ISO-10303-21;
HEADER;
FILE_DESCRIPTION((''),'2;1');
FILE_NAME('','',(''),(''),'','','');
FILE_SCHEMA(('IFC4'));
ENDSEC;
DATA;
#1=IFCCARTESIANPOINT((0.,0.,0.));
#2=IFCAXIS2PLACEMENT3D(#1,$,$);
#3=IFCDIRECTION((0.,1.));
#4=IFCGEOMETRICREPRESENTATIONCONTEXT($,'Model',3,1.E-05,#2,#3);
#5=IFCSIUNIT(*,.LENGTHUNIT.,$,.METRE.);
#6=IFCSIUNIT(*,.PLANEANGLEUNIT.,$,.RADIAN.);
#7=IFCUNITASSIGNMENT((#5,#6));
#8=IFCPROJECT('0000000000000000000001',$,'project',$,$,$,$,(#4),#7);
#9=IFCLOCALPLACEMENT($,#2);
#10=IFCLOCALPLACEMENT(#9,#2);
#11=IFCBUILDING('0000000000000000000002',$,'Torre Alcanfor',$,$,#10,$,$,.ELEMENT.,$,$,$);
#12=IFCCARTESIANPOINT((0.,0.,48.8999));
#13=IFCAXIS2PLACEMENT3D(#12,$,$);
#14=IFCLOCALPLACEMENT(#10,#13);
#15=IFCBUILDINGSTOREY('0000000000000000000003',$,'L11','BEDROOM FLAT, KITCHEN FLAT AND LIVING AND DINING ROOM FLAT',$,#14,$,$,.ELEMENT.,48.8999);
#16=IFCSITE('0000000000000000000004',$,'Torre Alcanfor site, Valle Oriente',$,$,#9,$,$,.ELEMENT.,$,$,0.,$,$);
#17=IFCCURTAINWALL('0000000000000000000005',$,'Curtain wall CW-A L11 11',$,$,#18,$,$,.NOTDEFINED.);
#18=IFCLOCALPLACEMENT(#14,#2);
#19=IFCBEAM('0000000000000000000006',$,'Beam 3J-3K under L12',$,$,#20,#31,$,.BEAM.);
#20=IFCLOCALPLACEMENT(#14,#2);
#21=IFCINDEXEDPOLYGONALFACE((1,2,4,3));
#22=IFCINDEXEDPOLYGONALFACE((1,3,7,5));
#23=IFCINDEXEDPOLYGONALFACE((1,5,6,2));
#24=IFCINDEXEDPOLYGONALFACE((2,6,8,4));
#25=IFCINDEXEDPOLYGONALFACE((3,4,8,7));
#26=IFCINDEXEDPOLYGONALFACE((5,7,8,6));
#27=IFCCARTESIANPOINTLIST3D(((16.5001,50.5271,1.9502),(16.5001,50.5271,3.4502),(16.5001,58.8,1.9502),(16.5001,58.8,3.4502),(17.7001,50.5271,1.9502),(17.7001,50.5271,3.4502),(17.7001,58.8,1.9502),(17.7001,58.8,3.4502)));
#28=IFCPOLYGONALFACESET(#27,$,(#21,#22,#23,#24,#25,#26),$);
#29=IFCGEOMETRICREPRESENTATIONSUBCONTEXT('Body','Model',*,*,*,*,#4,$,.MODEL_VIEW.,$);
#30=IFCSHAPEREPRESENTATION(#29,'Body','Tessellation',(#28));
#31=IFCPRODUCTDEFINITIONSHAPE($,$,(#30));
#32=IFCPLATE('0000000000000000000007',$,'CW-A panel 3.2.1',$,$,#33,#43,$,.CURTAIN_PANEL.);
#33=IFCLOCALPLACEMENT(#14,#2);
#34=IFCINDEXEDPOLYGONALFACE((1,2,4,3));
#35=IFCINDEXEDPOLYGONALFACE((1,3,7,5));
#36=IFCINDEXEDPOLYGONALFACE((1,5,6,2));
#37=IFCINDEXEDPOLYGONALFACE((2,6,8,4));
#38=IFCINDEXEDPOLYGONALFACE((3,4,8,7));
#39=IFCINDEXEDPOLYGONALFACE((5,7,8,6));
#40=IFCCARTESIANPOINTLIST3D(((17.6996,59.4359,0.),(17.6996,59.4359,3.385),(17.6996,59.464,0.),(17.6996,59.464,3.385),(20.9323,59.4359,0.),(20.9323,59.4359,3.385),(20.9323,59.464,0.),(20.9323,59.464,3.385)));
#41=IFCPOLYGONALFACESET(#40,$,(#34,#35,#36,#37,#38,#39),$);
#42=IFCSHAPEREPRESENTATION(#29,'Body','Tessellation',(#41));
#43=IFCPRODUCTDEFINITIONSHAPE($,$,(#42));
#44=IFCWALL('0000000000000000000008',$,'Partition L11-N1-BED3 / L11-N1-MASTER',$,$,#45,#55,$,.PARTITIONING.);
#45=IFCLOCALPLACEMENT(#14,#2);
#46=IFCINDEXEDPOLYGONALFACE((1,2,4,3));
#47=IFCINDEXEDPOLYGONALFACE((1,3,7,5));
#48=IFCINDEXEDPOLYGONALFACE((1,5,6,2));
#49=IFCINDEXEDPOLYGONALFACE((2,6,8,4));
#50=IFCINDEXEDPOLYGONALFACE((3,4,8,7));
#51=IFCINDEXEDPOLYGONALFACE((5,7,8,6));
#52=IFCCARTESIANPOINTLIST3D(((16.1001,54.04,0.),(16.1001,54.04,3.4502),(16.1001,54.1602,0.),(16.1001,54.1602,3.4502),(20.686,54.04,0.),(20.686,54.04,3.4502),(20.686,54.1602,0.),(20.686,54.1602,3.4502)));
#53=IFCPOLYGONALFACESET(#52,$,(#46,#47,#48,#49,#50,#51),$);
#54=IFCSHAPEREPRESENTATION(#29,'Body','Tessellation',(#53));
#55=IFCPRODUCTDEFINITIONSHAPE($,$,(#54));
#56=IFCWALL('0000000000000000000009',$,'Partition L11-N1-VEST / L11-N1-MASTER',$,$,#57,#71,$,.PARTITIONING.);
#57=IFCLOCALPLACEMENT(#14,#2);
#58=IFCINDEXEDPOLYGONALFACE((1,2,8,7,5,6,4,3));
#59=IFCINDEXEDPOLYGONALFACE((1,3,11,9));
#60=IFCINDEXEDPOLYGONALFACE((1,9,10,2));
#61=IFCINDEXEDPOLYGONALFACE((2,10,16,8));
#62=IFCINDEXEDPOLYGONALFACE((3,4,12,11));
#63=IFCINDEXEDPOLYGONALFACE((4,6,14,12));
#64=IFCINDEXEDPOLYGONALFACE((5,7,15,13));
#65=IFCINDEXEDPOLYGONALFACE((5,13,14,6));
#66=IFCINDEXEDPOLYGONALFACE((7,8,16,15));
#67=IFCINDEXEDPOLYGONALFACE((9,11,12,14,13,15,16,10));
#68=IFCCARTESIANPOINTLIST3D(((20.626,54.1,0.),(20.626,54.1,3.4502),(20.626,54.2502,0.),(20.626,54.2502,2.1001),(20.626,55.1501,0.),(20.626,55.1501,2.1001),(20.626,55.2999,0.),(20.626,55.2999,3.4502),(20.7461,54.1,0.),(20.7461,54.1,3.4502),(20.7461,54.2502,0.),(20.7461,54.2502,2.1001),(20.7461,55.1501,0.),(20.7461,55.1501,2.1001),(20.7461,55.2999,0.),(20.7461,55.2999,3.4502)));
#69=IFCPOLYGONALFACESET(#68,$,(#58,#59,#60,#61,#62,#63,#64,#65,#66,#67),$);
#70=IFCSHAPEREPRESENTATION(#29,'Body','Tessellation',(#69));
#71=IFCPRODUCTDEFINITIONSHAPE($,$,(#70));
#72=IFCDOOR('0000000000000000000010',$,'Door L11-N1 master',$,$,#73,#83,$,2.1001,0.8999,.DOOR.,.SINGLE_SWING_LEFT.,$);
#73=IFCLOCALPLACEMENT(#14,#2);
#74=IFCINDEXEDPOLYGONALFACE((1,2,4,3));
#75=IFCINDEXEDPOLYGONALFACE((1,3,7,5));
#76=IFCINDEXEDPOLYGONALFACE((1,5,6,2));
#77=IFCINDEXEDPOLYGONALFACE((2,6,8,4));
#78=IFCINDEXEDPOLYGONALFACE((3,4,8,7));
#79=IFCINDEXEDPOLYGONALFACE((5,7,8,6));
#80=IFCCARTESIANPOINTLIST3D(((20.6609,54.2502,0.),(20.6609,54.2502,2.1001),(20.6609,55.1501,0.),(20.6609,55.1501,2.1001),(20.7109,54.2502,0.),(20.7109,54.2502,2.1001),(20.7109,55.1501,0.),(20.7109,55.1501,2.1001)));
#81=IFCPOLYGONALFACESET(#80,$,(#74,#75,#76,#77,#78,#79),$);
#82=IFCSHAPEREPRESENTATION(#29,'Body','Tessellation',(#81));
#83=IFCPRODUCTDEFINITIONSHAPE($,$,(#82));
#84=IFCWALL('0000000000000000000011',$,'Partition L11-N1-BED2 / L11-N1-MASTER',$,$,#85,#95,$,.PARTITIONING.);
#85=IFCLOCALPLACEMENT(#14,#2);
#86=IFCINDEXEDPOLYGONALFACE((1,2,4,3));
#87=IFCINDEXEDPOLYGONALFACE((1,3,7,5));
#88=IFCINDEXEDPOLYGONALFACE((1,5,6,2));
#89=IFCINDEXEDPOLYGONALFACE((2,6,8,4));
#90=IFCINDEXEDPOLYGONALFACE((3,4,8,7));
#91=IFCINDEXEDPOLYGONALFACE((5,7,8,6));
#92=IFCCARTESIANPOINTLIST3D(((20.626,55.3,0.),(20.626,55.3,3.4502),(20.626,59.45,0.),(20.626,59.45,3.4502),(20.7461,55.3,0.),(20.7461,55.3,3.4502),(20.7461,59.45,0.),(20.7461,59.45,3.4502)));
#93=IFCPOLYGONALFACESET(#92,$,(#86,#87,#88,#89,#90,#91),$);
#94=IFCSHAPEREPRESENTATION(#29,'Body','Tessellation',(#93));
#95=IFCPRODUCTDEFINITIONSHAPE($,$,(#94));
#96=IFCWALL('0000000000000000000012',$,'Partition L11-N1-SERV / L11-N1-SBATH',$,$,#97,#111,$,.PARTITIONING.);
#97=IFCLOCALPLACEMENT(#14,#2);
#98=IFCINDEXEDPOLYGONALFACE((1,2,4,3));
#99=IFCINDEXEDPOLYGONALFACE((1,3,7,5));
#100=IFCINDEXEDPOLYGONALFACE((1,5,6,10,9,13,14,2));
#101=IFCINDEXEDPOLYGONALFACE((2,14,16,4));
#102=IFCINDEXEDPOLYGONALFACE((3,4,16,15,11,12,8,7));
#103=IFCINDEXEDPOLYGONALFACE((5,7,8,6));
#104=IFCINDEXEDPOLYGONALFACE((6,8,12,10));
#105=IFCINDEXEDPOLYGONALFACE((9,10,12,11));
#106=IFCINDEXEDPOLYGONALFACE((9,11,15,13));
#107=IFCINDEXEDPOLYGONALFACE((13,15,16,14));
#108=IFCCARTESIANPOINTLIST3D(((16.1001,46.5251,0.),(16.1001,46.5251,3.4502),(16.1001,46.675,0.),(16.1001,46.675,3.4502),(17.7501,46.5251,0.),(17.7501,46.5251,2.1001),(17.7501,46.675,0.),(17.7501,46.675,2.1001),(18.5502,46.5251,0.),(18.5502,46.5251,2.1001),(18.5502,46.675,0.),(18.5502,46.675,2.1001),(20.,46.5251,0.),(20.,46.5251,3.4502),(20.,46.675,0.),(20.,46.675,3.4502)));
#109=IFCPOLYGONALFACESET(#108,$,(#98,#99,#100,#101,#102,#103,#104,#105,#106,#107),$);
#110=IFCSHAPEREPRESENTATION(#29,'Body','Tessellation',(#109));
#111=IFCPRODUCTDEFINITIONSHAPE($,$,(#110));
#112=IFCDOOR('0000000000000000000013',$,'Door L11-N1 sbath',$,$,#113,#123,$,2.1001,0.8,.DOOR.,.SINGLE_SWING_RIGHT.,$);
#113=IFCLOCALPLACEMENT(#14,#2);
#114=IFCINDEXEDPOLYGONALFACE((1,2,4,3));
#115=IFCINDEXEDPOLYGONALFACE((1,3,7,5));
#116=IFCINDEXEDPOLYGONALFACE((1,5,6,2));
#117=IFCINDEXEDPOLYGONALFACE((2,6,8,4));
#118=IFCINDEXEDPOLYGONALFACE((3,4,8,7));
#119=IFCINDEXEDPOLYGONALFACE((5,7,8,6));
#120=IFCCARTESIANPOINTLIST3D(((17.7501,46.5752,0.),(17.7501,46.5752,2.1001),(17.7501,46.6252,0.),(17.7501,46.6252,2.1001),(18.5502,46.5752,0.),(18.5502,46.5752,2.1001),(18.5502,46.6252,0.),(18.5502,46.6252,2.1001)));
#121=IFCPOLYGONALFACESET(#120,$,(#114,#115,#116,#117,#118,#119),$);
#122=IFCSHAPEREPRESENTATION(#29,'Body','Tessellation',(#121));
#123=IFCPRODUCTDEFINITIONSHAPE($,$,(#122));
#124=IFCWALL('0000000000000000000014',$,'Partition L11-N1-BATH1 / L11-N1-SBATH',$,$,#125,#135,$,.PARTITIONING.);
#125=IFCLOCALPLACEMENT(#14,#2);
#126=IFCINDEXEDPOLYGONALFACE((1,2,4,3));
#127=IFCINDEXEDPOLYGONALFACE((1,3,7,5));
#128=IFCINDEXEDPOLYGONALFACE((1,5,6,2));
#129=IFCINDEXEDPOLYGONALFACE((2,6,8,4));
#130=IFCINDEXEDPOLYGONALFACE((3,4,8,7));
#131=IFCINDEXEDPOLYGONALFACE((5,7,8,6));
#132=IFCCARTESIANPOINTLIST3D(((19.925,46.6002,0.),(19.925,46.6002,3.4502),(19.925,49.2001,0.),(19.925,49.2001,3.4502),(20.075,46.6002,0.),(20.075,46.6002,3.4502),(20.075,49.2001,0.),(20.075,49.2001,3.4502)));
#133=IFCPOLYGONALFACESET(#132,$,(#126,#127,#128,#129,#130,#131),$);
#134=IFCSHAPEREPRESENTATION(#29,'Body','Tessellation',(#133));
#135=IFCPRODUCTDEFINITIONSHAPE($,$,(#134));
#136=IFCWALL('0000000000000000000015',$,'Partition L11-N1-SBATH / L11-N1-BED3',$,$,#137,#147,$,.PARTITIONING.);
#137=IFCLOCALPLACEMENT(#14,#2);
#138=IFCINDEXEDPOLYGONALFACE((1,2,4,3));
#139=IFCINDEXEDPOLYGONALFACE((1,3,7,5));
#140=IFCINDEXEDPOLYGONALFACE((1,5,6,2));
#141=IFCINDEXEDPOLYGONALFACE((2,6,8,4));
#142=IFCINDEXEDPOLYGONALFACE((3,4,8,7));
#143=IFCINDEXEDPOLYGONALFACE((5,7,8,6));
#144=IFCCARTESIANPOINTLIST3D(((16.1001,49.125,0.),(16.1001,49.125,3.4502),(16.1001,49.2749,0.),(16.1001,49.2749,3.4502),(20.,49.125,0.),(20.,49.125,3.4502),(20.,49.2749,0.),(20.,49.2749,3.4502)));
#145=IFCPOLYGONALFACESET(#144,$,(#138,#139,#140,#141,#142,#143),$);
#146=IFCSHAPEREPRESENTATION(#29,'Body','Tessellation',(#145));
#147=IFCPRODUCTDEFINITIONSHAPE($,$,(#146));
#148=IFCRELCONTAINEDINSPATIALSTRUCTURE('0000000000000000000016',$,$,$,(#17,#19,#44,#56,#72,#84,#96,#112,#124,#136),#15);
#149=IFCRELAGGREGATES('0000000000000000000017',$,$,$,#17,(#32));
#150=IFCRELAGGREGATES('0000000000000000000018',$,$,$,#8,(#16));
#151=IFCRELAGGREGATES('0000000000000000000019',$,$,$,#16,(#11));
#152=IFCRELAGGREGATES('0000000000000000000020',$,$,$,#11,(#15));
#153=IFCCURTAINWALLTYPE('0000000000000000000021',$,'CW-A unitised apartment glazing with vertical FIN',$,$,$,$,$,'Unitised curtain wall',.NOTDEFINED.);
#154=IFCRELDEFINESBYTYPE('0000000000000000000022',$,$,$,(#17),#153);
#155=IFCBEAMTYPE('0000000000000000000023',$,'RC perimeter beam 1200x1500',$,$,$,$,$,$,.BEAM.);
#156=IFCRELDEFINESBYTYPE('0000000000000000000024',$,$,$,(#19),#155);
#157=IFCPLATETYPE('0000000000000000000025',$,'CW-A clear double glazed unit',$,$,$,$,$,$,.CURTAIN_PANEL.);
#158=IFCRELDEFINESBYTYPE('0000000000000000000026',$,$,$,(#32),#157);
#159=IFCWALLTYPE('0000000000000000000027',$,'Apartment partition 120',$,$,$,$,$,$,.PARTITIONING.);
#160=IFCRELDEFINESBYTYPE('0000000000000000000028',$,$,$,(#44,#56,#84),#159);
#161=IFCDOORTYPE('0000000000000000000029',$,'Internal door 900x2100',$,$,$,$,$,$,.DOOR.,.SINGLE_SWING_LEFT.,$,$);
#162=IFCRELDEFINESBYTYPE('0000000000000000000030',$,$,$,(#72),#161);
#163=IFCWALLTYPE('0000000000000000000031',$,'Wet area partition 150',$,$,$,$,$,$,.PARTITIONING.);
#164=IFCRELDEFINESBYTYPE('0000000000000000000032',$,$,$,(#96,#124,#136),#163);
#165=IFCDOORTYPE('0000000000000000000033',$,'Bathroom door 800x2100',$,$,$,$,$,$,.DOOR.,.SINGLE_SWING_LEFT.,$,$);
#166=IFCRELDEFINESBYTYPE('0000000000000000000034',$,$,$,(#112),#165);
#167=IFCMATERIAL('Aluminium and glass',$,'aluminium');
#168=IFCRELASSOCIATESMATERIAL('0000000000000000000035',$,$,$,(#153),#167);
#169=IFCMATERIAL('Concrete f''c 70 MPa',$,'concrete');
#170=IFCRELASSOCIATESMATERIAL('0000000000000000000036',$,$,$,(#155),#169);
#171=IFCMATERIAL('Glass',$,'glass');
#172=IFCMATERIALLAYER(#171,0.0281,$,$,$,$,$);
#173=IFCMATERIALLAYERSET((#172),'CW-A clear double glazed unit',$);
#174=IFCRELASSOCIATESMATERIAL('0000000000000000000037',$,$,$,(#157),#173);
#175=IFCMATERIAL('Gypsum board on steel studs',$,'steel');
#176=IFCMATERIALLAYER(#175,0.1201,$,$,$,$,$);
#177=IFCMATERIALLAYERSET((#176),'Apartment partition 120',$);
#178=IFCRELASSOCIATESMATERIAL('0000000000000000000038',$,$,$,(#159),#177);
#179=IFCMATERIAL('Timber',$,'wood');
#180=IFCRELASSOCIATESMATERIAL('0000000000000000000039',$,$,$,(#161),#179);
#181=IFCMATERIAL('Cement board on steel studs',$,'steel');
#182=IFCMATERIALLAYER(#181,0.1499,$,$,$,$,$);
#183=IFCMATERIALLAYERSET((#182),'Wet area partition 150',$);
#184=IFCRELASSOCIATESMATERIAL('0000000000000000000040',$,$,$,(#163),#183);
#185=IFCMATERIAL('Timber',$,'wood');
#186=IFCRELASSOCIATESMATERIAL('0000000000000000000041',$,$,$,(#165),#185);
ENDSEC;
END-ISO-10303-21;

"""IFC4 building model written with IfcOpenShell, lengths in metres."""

from ifc_helpers import new_model, si_unit, direction, frame, frame_2d, origin, origin_2d, place, context, subcontext, project, spatial, rectangle, extrude, material, layer, layer_set, material_profile, profile_set, type_object, element, fill, aggregate, save


model = new_model("IFC4")

# Units and contexts
model_context = context("Model", 3, precision=1e-05, world=origin(), true_north=direction((0.0, 1.0)))
body_context = subcontext(model_context, "Body", "Model", "MODEL_VIEW")
ifc_project = project(units=[si_unit("LENGTHUNIT", "METRE"), si_unit("PLANEANGLEUNIT", "RADIAN")], contexts=[model_context])

# Site, building, storey
site_placement = place(None, origin())
site = spatial("IfcSite", under=ifc_project, at=site_placement, Name="Torre Alcanfor site, Valle Oriente", CompositionType="ELEMENT", RefElevation=0.0)
building_placement = place(site_placement, origin())
building = spatial("IfcBuilding", under=site, at=building_placement, Name="Torre Alcanfor", CompositionType="ELEMENT")
storey_placement = place(building_placement, frame((0.0, 0.0, 48.8999)))
storey = spatial("IfcBuildingStorey", under=building, at=storey_placement, Name="L11", Description="BEDROOM FLAT, KITCHEN FLAT AND LIVING AND DINING ROOM FLAT", CompositionType="ELEMENT", Elevation=48.8999)

# Curtain wall
ifc_material_1 = material(Name="Aluminium and glass", Category="aluminium")
curtain_wall_type = type_object("IfcCurtainWallType", Name="CW-A unitised apartment glazing with vertical FIN", ElementType="Unitised curtain wall", PredefinedType="NOTDEFINED", material=ifc_material_1)
curtain_wall_placement = place(storey_placement, origin())
curtain_wall = element("IfcCurtainWall", 1, at=curtain_wall_placement, inside=storey, type_object=curtain_wall_type, Name="Curtain wall CW-A L11 11", PredefinedType="NOTDEFINED")

# Beam
ifc_material_2 = material(Name="Concrete f'c 70 MPa", Category="concrete")
ifc_material_profile_1 = material_profile(ifc_material_2, rectangle(XDim=1.2, YDim=1.5, at=origin_2d()), Name="1200x1500")
ifc_profile_set_1 = profile_set([ifc_material_profile_1], Name="Concrete f'c 70 MPa")
beam_type_1 = type_object("IfcBeamType", Name="RC perimeter beam 1200x1500", PredefinedType="BEAM", material=ifc_profile_set_1)
beam_1_placement = place(storey_placement, frame((17.1001, 50.5271, 2.7002), z_axis=(0.0, 1.0, 0.0), x_axis=(-1.0, 0.0, 0.0)))
element("IfcBeam", 2, at=beam_1_placement, inside=storey, type_object=beam_type_1, Name="Beam 3J-3K under L12", PredefinedType="BEAM", context=body_context, shape_type="SweptSolid", body=[
    extrude(rectangle(XDim=1.2, YDim=1.5, at=origin_2d()), origin(), (0.0, 0.0, 1.0), 8.2729),
])

# Plate
ifc_material_3 = material(Name="Glass", Category="glass")
ifc_layer_1 = layer(ifc_material_3, 0.0281)
ifc_layer_set_1 = layer_set([ifc_layer_1], Name="CW-A clear double glazed unit")
plate_type = type_object("IfcPlateType", Name="CW-A clear double glazed unit", PredefinedType="CURTAIN_PANEL", material=ifc_layer_set_1)
plate_placement = place(storey_placement, frame((19.3159, 59.45, 0.0), z_axis=(0.0, 0.0, 1.0), x_axis=(-1.0, 0.0, 0.0)))
plate = element("IfcPlate", 3, at=plate_placement, type_object=plate_type, Name="CW-A panel 3.2.1", PredefinedType="CURTAIN_PANEL", context=body_context, shape_type="SweptSolid", body=[
    extrude(rectangle(XDim=3.2327, YDim=0.0281, at=origin_2d()), origin(), (0.0, 0.0, 1.0), 3.385),
])
aggregate(curtain_wall, [plate])

# Wall
ifc_material_4 = material(Name="Gypsum board on steel studs", Category="steel")
ifc_layer_2 = layer(ifc_material_4, 0.1201)
ifc_layer_set_2 = layer_set([ifc_layer_2], Name="Apartment partition 120")
wall_type_1 = type_object("IfcWallType", Name="Apartment partition 120", PredefinedType="PARTITIONING", material=ifc_layer_set_2)
wall_1_placement = place(storey_placement, frame((20.686, 54.1001, 0.0), z_axis=(0.0, 0.0, 1.0), x_axis=(-1.0, 0.0, 0.0)))
element("IfcWall", 4, at=wall_1_placement, inside=storey, type_object=wall_type_1, Name="Partition L11-N1-BED3 / L11-N1-MASTER", PredefinedType="PARTITIONING", context=body_context, shape_type="SweptSolid", body=[
    extrude(rectangle(XDim=4.5859, YDim=0.1201, at=frame_2d((2.293, 0.0))), origin(), (0.0, 0.0, 1.0), 3.4502),
])

# Wall, opening, door
wall_2_placement = place(storey_placement, frame((20.686, 55.3, 0.0), z_axis=(0.0, 0.0, 1.0), x_axis=(0.0, -1.0, 0.0)))
wall_2 = element("IfcWall", 5, at=wall_2_placement, inside=storey, type_object=wall_type_1, Name="Partition L11-N1-VEST / L11-N1-MASTER", PredefinedType="PARTITIONING", context=body_context, shape_type="SweptSolid", body=[
    extrude(rectangle(XDim=1.2, YDim=0.1201, at=frame_2d((0.6001, 0.0))), origin(), (0.0, 0.0, 1.0), 3.4502),
])
opening_1_placement = place(wall_2_placement, frame((0.1499, 0.0, 0.0)))
opening_1 = element("IfcOpeningElement", 6, at=opening_1_placement, cuts=wall_2, PredefinedType="OPENING", context=body_context, shape_type="SweptSolid", body=[
    extrude(rectangle(XDim=0.8999, YDim=2.1001, at=frame_2d((0.45, 1.05))), frame((0.0, 0.0701, 0.0), z_axis=(0.0, -1.0, 0.0), x_axis=(1.0, 0.0, 0.0)), (0.0, 0.0, 1.0), 0.1401),
])
ifc_material_5 = material(Name="Timber", Category="wood")
door_type_1 = type_object("IfcDoorType", Name="Internal door 900x2100", OperationType="SINGLE_SWING_LEFT", PredefinedType="DOOR", material=ifc_material_5)
door_1_placement = place(opening_1_placement, origin())
door_1 = element("IfcDoor", 7, at=door_1_placement, inside=storey, type_object=door_type_1, Name="Door L11-N1 master", OperationType="SINGLE_SWING_LEFT", OverallHeight=2.1001, OverallWidth=0.8999, PredefinedType="DOOR", context=body_context, shape_type="SweptSolid", body=[
    extrude(rectangle(XDim=0.8999, YDim=2.1001, at=frame_2d((0.45, 1.05))), frame((0.0, 0.0249, 0.0), z_axis=(0.0, -1.0, 0.0), x_axis=(1.0, 0.0, 0.0)), (0.0, 0.0, 1.0), 0.05),
])
fill(opening_1, door_1)

# Wall
wall_3_placement = place(storey_placement, frame((20.686, 59.45, 0.0), z_axis=(0.0, 0.0, 1.0), x_axis=(0.0, -1.0, 0.0)))
element("IfcWall", 8, at=wall_3_placement, inside=storey, type_object=wall_type_1, Name="Partition L11-N1-BED2 / L11-N1-MASTER", PredefinedType="PARTITIONING", context=body_context, shape_type="SweptSolid", body=[
    extrude(rectangle(XDim=4.1499, YDim=0.1201, at=frame_2d((2.075, 0.0))), origin(), (0.0, 0.0, 1.0), 3.4502),
])

# Wall, opening, door
ifc_material_6 = material(Name="Cement board on steel studs", Category="steel")
ifc_layer_3 = layer(ifc_material_6, 0.1499)
ifc_layer_set_3 = layer_set([ifc_layer_3], Name="Wet area partition 150")
wall_type_2 = type_object("IfcWallType", Name="Wet area partition 150", PredefinedType="PARTITIONING", material=ifc_layer_set_3)
wall_4_placement = place(storey_placement, frame((20.0, 46.6001, 0.0), z_axis=(0.0, 0.0, 1.0), x_axis=(-1.0, 0.0, 0.0)))
wall_4 = element("IfcWall", 9, at=wall_4_placement, inside=storey, type_object=wall_type_2, Name="Partition L11-N1-SERV / L11-N1-SBATH", PredefinedType="PARTITIONING", context=body_context, shape_type="SweptSolid", body=[
    extrude(rectangle(XDim=3.8999, YDim=0.1499, at=frame_2d((1.95, 0.0))), origin(), (0.0, 0.0, 1.0), 3.4502),
])
opening_2_placement = place(wall_4_placement, frame((1.45, 0.0, 0.0)))
opening_2 = element("IfcOpeningElement", 10, at=opening_2_placement, cuts=wall_4, PredefinedType="OPENING", context=body_context, shape_type="SweptSolid", body=[
    extrude(rectangle(XDim=0.8, YDim=2.1001, at=frame_2d((0.3999, 1.05))), frame((0.0, 0.085, 0.0), z_axis=(0.0, -1.0, 0.0), x_axis=(1.0, 0.0, 0.0)), (0.0, 0.0, 1.0), 0.1699),
])
ifc_material_7 = material(Name="Timber", Category="wood")
door_type_2 = type_object("IfcDoorType", Name="Bathroom door 800x2100", OperationType="SINGLE_SWING_LEFT", PredefinedType="DOOR", material=ifc_material_7)
door_2_placement = place(opening_2_placement, frame((0.8, 0.0, 0.0), z_axis=(0.0, 0.0, 1.0), x_axis=(-1.0, 0.0, 0.0)))
door_2 = element("IfcDoor", 11, at=door_2_placement, inside=storey, type_object=door_type_2, Name="Door L11-N1 sbath", OperationType="SINGLE_SWING_RIGHT", OverallHeight=2.1001, OverallWidth=0.8, PredefinedType="DOOR", context=body_context, shape_type="SweptSolid", body=[
    extrude(rectangle(XDim=0.8, YDim=2.1001, at=frame_2d((0.4001, 1.05))), frame((0.0, 0.0251, 0.0), z_axis=(0.0, -1.0, 0.0), x_axis=(1.0, 0.0, 0.0)), (0.0, 0.0, 1.0), 0.05),
])
fill(opening_2, door_2)

# Walls
wall_5_placement = place(storey_placement, frame((20.0, 49.2, 0.0), z_axis=(0.0, 0.0, 1.0), x_axis=(0.0, -1.0, 0.0)))
element("IfcWall", 12, at=wall_5_placement, inside=storey, type_object=wall_type_2, Name="Partition L11-N1-BATH1 / L11-N1-SBATH", PredefinedType="PARTITIONING", context=body_context, shape_type="SweptSolid", body=[
    extrude(rectangle(XDim=2.5999, YDim=0.1499, at=frame_2d((1.2998, 0.0))), origin(), (0.0, 0.0, 1.0), 3.4502),
])
wall_6_placement = place(storey_placement, frame((20.0, 49.2, 0.0), z_axis=(0.0, 0.0, 1.0), x_axis=(-1.0, 0.0, 0.0)))
element("IfcWall", 13, at=wall_6_placement, inside=storey, type_object=wall_type_2, Name="Partition L11-N1-SBATH / L11-N1-BED3", PredefinedType="PARTITIONING", context=body_context, shape_type="SweptSolid", body=[
    extrude(rectangle(XDim=3.8999, YDim=0.1499, at=frame_2d((1.95, 0.0))), origin(), (0.0, 0.0, 1.0), 3.4502),
])

save(model, "model.ifc")
